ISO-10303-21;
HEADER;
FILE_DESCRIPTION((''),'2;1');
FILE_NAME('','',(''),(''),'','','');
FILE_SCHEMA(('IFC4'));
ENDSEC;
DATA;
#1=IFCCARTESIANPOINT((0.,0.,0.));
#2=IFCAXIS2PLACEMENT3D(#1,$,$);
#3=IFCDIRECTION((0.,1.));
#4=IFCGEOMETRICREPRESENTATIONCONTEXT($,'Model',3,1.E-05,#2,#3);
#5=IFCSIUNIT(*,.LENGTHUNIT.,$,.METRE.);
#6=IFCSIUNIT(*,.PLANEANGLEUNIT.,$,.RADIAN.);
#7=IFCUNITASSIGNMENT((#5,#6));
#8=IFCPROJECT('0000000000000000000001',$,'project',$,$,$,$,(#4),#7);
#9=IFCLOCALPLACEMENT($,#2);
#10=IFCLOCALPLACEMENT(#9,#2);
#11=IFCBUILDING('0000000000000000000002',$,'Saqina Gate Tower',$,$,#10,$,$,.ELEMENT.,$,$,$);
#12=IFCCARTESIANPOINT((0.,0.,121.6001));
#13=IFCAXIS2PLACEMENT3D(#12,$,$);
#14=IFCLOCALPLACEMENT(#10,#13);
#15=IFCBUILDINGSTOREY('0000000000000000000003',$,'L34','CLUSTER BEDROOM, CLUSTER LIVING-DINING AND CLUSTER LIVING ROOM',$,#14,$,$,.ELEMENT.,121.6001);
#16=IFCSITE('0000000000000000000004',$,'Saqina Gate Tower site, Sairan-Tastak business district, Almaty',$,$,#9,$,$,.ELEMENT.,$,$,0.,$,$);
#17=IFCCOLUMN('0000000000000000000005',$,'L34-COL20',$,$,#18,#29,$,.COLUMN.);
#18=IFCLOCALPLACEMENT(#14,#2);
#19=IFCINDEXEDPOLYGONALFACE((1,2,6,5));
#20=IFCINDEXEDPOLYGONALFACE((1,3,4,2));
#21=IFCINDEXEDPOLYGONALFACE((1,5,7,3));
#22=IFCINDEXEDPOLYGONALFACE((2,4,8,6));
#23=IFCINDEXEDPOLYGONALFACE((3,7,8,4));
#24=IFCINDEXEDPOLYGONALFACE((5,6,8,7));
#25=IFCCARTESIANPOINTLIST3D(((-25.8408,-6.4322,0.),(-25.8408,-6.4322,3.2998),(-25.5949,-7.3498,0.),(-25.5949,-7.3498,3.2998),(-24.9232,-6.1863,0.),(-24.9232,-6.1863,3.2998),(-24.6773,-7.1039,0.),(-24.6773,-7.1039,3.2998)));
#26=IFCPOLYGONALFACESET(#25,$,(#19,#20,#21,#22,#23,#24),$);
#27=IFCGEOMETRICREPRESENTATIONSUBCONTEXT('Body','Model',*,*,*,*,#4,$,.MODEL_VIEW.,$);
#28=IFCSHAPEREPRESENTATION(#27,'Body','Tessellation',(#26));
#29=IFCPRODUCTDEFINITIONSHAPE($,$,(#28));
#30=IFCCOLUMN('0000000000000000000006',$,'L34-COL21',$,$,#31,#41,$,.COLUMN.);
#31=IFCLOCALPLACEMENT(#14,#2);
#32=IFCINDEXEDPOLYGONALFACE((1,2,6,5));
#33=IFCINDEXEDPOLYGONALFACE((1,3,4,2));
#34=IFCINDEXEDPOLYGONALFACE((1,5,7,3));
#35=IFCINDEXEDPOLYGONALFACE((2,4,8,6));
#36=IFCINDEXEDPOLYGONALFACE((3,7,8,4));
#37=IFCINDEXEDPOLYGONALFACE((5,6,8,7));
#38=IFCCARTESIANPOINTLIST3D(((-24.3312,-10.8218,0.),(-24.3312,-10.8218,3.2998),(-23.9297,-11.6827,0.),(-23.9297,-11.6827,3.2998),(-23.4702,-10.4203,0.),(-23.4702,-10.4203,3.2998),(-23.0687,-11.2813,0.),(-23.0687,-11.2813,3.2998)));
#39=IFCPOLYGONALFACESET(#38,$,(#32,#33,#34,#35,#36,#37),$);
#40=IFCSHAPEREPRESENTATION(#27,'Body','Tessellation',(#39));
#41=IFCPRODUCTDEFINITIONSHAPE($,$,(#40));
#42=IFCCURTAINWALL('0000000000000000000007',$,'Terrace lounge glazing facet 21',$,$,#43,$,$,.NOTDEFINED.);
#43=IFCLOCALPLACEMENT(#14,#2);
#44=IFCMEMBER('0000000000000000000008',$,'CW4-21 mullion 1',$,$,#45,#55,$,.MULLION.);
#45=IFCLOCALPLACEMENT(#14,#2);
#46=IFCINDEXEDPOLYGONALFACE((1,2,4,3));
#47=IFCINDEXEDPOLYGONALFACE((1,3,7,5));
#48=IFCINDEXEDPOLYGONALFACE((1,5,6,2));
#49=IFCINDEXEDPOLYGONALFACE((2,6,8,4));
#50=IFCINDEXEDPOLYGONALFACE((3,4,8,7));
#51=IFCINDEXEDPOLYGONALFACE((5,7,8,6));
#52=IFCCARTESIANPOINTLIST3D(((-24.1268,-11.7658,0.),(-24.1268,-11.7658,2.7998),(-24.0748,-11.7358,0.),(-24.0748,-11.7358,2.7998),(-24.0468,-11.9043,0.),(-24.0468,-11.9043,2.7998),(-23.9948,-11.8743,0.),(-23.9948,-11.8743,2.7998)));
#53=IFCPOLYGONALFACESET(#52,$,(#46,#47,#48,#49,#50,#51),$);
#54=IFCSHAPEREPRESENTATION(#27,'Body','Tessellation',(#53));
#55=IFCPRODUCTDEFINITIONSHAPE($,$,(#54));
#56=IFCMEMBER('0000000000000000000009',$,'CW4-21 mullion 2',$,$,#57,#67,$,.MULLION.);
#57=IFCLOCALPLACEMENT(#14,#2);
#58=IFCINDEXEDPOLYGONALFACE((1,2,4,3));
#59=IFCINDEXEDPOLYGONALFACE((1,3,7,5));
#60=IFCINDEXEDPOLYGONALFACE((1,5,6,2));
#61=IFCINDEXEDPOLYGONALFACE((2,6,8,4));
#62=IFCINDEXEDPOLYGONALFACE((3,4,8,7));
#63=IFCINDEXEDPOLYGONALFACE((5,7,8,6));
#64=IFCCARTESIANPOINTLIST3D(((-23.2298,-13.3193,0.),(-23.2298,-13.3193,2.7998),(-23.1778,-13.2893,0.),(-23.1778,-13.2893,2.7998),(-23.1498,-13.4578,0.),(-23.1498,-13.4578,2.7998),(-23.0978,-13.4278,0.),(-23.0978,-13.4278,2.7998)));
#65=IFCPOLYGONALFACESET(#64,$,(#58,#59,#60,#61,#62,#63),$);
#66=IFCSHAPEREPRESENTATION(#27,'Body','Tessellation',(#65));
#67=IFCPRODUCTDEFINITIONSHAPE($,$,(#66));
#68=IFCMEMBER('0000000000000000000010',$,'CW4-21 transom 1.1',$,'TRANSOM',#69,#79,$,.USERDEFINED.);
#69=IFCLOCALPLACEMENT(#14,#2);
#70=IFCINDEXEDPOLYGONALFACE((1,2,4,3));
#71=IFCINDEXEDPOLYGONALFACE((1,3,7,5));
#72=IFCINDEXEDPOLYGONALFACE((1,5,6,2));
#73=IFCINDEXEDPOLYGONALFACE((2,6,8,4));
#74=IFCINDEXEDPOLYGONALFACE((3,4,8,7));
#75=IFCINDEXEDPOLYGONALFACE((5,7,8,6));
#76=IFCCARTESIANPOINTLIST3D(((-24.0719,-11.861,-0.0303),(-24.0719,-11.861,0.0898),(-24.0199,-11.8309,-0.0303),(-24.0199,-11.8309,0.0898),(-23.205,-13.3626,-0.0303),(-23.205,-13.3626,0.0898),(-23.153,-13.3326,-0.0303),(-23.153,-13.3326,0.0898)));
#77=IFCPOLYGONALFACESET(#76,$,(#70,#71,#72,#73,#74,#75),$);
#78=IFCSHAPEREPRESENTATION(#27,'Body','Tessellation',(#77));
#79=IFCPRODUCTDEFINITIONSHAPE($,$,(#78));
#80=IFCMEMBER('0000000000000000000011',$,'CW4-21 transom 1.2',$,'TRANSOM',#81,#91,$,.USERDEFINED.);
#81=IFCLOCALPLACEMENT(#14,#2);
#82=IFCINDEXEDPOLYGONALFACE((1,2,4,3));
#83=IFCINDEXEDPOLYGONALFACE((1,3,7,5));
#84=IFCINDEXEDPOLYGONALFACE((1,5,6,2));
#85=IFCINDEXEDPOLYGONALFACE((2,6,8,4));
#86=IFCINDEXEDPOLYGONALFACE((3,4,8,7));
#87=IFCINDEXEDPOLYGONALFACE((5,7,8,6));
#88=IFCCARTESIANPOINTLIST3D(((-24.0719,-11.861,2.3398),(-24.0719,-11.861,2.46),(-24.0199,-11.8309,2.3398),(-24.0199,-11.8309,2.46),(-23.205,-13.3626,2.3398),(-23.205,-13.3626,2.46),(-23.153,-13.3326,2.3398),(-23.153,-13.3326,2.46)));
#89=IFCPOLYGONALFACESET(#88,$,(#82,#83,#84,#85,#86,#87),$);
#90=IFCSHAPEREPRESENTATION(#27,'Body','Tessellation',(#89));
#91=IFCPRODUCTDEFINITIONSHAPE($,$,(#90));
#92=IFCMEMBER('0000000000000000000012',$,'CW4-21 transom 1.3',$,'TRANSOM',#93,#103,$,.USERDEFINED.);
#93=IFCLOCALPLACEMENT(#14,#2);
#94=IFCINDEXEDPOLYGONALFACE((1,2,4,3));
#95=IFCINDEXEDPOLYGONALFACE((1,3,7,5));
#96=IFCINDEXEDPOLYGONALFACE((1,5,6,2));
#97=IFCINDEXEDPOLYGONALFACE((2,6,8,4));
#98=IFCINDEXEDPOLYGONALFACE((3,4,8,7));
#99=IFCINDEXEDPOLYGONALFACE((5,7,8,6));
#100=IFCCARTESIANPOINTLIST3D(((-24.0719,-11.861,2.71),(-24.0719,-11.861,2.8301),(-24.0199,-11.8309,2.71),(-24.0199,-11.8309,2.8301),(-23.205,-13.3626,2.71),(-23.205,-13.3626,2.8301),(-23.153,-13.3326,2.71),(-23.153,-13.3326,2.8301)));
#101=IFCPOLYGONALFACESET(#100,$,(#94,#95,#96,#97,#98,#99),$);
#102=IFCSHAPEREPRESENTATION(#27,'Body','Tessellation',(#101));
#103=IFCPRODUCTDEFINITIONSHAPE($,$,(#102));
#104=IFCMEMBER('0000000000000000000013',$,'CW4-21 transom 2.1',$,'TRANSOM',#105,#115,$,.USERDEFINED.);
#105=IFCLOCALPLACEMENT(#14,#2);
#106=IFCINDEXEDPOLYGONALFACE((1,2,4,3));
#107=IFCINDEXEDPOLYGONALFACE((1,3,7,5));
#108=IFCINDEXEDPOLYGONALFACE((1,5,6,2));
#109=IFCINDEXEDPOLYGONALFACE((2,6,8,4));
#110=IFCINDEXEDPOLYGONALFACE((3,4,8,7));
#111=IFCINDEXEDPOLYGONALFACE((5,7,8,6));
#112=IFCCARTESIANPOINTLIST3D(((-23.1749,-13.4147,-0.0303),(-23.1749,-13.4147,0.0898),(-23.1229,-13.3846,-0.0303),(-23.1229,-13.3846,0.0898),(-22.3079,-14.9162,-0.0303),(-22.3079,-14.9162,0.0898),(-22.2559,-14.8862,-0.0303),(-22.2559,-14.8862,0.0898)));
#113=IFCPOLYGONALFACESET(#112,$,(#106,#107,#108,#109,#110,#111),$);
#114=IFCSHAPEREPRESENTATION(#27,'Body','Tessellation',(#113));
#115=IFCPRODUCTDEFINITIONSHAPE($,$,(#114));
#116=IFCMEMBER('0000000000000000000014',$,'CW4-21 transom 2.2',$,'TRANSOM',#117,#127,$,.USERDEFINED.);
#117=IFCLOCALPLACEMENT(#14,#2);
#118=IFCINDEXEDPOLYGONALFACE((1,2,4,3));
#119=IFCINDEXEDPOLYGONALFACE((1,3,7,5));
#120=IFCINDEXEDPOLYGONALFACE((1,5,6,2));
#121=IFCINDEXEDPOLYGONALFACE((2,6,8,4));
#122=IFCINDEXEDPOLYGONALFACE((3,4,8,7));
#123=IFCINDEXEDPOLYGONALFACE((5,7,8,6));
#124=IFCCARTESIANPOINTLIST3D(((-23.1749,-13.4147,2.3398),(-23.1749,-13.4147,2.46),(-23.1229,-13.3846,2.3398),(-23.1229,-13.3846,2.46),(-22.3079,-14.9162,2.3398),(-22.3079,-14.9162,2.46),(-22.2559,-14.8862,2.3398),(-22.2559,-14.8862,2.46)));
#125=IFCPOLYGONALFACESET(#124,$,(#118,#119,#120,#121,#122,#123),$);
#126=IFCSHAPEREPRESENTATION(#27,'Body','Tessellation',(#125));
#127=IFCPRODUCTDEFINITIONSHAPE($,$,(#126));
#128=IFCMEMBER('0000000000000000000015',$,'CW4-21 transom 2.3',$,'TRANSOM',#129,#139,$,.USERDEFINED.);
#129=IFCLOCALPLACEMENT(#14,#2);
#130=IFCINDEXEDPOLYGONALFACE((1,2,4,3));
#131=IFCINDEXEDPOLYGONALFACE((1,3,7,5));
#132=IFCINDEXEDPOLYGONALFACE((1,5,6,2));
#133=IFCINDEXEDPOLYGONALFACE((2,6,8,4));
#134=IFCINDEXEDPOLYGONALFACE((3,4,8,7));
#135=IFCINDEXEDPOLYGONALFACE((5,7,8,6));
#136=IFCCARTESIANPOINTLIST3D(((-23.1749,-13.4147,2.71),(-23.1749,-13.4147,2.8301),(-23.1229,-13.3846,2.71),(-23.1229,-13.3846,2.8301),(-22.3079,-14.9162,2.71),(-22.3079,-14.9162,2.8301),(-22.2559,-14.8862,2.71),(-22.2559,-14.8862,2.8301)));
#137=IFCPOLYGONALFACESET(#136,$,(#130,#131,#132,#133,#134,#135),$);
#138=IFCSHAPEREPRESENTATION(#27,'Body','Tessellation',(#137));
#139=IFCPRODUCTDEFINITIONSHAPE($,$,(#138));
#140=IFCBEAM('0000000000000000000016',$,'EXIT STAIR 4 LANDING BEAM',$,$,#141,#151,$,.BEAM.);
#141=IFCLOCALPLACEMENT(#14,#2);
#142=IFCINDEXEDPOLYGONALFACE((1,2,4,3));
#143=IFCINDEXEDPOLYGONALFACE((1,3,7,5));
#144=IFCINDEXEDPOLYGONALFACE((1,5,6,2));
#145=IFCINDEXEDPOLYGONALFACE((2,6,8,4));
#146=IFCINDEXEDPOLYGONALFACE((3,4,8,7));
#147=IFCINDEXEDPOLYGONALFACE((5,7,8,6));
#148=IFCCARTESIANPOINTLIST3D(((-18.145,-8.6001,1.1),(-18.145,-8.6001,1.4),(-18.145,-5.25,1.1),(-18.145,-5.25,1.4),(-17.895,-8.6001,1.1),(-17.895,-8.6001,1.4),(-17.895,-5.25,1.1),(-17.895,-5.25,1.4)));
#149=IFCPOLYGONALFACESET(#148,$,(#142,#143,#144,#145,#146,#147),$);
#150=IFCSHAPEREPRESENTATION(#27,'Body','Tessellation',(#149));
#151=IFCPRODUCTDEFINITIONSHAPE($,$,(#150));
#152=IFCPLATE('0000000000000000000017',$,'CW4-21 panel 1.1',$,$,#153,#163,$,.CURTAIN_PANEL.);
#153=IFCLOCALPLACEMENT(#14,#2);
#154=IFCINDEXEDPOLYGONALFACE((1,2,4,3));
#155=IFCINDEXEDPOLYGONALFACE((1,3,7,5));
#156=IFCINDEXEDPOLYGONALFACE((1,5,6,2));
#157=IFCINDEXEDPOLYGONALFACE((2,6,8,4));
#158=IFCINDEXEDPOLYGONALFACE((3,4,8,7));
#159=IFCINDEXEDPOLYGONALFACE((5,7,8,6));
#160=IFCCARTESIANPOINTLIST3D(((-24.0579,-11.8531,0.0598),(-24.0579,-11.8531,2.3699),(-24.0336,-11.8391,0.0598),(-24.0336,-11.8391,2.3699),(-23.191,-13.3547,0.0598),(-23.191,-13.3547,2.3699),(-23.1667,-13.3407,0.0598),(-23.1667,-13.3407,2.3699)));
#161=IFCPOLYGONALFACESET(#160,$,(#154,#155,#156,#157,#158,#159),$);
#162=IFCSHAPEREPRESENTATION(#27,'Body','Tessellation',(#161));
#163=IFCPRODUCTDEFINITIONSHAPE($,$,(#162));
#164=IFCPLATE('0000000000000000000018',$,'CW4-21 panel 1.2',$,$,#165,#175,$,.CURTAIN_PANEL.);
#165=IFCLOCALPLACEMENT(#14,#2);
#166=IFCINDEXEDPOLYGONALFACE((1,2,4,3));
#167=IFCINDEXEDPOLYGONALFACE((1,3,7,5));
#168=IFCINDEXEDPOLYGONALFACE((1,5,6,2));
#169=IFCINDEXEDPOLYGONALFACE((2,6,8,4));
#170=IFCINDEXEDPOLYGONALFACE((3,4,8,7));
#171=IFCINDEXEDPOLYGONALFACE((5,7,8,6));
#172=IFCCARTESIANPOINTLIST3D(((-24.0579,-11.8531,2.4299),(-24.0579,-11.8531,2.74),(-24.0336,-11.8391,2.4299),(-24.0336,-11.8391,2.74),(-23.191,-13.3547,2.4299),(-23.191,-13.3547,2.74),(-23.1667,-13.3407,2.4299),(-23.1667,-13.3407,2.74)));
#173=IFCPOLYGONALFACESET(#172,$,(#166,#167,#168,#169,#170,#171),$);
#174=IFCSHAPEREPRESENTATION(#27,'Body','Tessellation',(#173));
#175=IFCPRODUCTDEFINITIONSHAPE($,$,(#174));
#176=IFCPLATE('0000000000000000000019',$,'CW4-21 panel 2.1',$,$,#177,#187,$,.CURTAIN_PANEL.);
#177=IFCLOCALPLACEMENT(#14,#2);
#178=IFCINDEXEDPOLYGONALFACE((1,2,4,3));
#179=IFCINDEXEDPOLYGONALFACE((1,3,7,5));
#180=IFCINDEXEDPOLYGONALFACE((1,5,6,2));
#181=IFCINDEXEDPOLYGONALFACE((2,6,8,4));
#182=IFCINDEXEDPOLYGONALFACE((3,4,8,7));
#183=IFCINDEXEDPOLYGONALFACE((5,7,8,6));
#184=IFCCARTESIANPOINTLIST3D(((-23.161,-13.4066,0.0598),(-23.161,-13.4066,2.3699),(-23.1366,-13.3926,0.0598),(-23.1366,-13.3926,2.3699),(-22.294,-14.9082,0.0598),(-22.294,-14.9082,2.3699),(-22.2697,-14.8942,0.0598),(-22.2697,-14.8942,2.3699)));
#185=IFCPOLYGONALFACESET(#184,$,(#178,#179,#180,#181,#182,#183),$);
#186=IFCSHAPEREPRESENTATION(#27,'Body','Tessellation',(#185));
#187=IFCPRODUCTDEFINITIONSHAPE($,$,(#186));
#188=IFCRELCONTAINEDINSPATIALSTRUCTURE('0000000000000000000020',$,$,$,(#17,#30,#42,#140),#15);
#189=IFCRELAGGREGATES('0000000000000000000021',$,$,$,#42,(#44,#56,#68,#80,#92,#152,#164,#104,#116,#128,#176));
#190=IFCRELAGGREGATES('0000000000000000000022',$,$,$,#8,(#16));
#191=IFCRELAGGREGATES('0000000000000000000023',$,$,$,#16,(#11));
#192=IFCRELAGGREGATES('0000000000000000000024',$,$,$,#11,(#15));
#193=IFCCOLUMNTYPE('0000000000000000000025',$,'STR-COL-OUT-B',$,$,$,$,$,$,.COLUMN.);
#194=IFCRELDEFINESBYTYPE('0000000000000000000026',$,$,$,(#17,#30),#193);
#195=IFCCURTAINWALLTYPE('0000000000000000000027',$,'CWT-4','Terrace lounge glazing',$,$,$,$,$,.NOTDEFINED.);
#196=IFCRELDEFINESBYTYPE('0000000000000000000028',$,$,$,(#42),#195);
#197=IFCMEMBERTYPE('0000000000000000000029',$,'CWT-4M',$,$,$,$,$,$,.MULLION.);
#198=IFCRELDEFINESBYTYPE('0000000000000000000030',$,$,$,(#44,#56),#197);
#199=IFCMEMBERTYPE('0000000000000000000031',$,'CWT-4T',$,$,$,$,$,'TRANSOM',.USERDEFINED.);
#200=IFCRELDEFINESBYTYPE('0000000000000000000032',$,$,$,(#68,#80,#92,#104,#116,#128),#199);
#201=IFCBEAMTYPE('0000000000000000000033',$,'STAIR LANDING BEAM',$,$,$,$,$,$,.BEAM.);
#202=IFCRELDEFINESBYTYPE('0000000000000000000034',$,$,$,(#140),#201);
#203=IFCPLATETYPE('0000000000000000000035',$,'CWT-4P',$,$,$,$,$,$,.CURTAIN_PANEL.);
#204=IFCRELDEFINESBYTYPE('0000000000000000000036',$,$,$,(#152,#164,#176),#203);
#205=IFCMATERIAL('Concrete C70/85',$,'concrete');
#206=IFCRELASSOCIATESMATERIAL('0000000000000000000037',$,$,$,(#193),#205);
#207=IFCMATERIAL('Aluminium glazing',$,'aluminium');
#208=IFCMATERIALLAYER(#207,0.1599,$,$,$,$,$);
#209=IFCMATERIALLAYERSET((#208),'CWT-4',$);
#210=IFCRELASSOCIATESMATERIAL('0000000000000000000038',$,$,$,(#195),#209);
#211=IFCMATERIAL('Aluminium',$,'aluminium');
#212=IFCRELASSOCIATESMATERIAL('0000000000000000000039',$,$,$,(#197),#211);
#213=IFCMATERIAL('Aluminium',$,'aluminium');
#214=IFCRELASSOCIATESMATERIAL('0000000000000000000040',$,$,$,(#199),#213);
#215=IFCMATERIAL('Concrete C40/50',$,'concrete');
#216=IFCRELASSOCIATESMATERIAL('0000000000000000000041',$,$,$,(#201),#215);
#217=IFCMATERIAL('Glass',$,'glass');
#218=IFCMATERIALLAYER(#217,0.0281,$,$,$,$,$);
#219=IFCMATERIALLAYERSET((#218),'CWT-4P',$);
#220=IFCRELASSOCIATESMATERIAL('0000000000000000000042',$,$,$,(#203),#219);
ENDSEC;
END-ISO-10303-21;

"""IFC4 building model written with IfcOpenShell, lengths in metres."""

from ifc_helpers import new_model, si_unit, direction, frame, origin, origin_2d, place, context, subcontext, project, spatial, rectangle, extrude, material, layer, layer_set, material_profile, profile_set, type_object, element, aggregate, save


model = new_model("IFC4")

# Units and contexts
model_context = context("Model", 3, precision=1e-05, world=origin(), true_north=direction((0.0, 1.0)))
body_context = subcontext(model_context, "Body", "Model", "MODEL_VIEW")
ifc_project = project(units=[si_unit("LENGTHUNIT", "METRE"), si_unit("PLANEANGLEUNIT", "RADIAN")], contexts=[model_context])

# Site, building, storey
site_placement = place(None, origin())
site = spatial("IfcSite", under=ifc_project, at=site_placement, Name="Saqina Gate Tower site, Sairan-Tastak business district, Almaty", CompositionType="ELEMENT", RefElevation=0.0)
building_placement = place(site_placement, origin())
building = spatial("IfcBuilding", under=site, at=building_placement, Name="Saqina Gate Tower", CompositionType="ELEMENT")
storey_placement = place(building_placement, frame((0.0, 0.0, 121.6001)))
storey = spatial("IfcBuildingStorey", under=building, at=storey_placement, Name="L34", Description="CLUSTER BEDROOM, CLUSTER LIVING-DINING AND CLUSTER LIVING ROOM", CompositionType="ELEMENT", Elevation=121.6001)

# Columns
ifc_material_1 = material(Name="Concrete C70/85", Category="concrete")
ifc_material_profile_1 = material_profile(ifc_material_1, rectangle(XDim=0.95, YDim=0.95, at=origin_2d()), Name="RC 950x950")
ifc_profile_set_1 = profile_set([ifc_material_profile_1], Name="Concrete C70/85")
column_type = type_object("IfcColumnType", Name="STR-COL-OUT-B", PredefinedType="COLUMN", material=ifc_profile_set_1)
for number, where, z_axis, x_axis, name in (
    (1, (-25.259, -6.7681, 0.0), (0.0, 0.0, 1.0), (-0.965926, -0.258819, 0.0), "L34-COL20"),
    (2, (-23.7, -11.0515, 0.0), (0.0, 0.0, 1.0), (-0.906308, -0.422618, 0.0), "L34-COL21"),
):
    element("IfcColumn", number, at=place(storey_placement, frame(where, z_axis=z_axis, x_axis=x_axis)), inside=storey, type_object=column_type, Name=name, PredefinedType="COLUMN", context=body_context, shape_type="SweptSolid", body=[
        extrude(rectangle(XDim=0.95, YDim=0.95, at=origin_2d()), origin(), (0.0, 0.0, 1.0), 3.2998),
    ])

# Curtain wall, members
ifc_material_2 = material(Name="Aluminium glazing", Category="aluminium")
ifc_layer_1 = layer(ifc_material_2, 0.1599)
ifc_layer_set_1 = layer_set([ifc_layer_1], Name="CWT-4")
curtain_wall_type = type_object("IfcCurtainWallType", Name="CWT-4", Description="Terrace lounge glazing", PredefinedType="NOTDEFINED", material=ifc_layer_set_1)
curtain_wall_placement = place(storey_placement, origin())
curtain_wall = element("IfcCurtainWall", 3, at=curtain_wall_placement, inside=storey, type_object=curtain_wall_type, Name="Terrace lounge glazing facet 21", PredefinedType="NOTDEFINED")
ifc_material_3 = material(Name="Aluminium", Category="aluminium")
ifc_material_profile_2 = material_profile(ifc_material_3, rectangle(XDim=0.0601, YDim=0.1599, at=origin_2d()), Name="Aluminium 60x160")
ifc_profile_set_2 = profile_set([ifc_material_profile_2], Name="Aluminium")
member_type_1 = type_object("IfcMemberType", Name="CWT-4M", PredefinedType="MULLION", material=ifc_profile_set_2)
member_1_placement = place(storey_placement, frame((-24.0608, -11.8201, 0.0), z_axis=(0.0, 0.0, 1.0), x_axis=(0.866026, 0.499999, 0.0)))
member_1 = element("IfcMember", 4, at=member_1_placement, type_object=member_type_1, Name="CW4-21 mullion 1", PredefinedType="MULLION", context=body_context, shape_type="SweptSolid", body=[
    extrude(rectangle(XDim=0.0601, YDim=0.1599, at=origin_2d()), origin(), (0.0, 0.0, 1.0), 2.7998),
])
member_2_placement = place(storey_placement, frame((-23.1638, -13.3735, 0.0), z_axis=(0.0, 0.0, 1.0), x_axis=(0.866026, 0.499999, 0.0)))
member_2 = element("IfcMember", 5, at=member_2_placement, type_object=member_type_1, Name="CW4-21 mullion 2", PredefinedType="MULLION", context=body_context, shape_type="SweptSolid", body=[
    extrude(rectangle(XDim=0.0601, YDim=0.1599, at=origin_2d()), origin(), (0.0, 0.0, 1.0), 2.7998),
])
ifc_material_4 = material(Name="Aluminium", Category="aluminium")
ifc_material_profile_3 = material_profile(ifc_material_4, rectangle(XDim=0.0601, YDim=0.1201, at=origin_2d()), Name="Aluminium 60x120")
ifc_profile_set_3 = profile_set([ifc_material_profile_3], Name="Aluminium")
member_type_2 = type_object("IfcMemberType", Name="CWT-4T", ElementType="TRANSOM", PredefinedType="USERDEFINED", material=ifc_profile_set_3)
member_3_placement = place(storey_placement, frame((-24.0459, -11.8459, 0.0298), z_axis=(0.49997, -0.866043, 0.0), x_axis=(0.866043, 0.49997, 0.0)))
member_3 = element("IfcMember", 6, at=member_3_placement, type_object=member_type_2, Name="CW4-21 transom 1.1", ObjectType="TRANSOM", PredefinedType="USERDEFINED", context=body_context, shape_type="SweptSolid", body=[
    extrude(rectangle(XDim=0.0601, YDim=0.1201, at=origin_2d()), origin(), (0.0, 0.0, 1.0), 1.7339),
])
member_4_placement = place(storey_placement, frame((-24.0459, -11.8459, 2.3999), z_axis=(0.49997, -0.866043, 0.0), x_axis=(0.866043, 0.49997, 0.0)))
member_4 = element("IfcMember", 7, at=member_4_placement, type_object=member_type_2, Name="CW4-21 transom 1.2", ObjectType="TRANSOM", PredefinedType="USERDEFINED", context=body_context, shape_type="SweptSolid", body=[
    extrude(rectangle(XDim=0.0601, YDim=0.1201, at=origin_2d()), origin(), (0.0, 0.0, 1.0), 1.7339),
])
member_5_placement = place(storey_placement, frame((-24.0459, -11.8459, 2.77), z_axis=(0.49997, -0.866043, 0.0), x_axis=(0.866043, 0.49997, 0.0)))
member_5 = element("IfcMember", 8, at=member_5_placement, type_object=member_type_2, Name="CW4-21 transom 1.3", ObjectType="TRANSOM", PredefinedType="USERDEFINED", context=body_context, shape_type="SweptSolid", body=[
    extrude(rectangle(XDim=0.0601, YDim=0.1201, at=origin_2d()), origin(), (0.0, 0.0, 1.0), 1.7339),
])
member_6_placement = place(storey_placement, frame((-23.1489, -13.3997, 0.0298), z_axis=(0.500031, -0.866007, 0.0), x_axis=(0.866007, 0.500031, 0.0)))
member_6 = element("IfcMember", 9, at=member_6_placement, type_object=member_type_2, Name="CW4-21 transom 2.1", ObjectType="TRANSOM", PredefinedType="USERDEFINED", context=body_context, shape_type="SweptSolid", body=[
    extrude(rectangle(XDim=0.0601, YDim=0.1201, at=origin_2d()), origin(), (0.0, 0.0, 1.0), 1.7339),
])
member_7_placement = place(storey_placement, frame((-23.1489, -13.3997, 2.3999), z_axis=(0.500031, -0.866007, 0.0), x_axis=(0.866007, 0.500031, 0.0)))
member_7 = element("IfcMember", 10, at=member_7_placement, type_object=member_type_2, Name="CW4-21 transom 2.2", ObjectType="TRANSOM", PredefinedType="USERDEFINED", context=body_context, shape_type="SweptSolid", body=[
    extrude(rectangle(XDim=0.0601, YDim=0.1201, at=origin_2d()), origin(), (0.0, 0.0, 1.0), 1.7339),
])
member_8_placement = place(storey_placement, frame((-23.1489, -13.3997, 2.77), z_axis=(0.500031, -0.866007, 0.0), x_axis=(0.866007, 0.500031, 0.0)))
member_8 = element("IfcMember", 11, at=member_8_placement, type_object=member_type_2, Name="CW4-21 transom 2.3", ObjectType="TRANSOM", PredefinedType="USERDEFINED", context=body_context, shape_type="SweptSolid", body=[
    extrude(rectangle(XDim=0.0601, YDim=0.1201, at=origin_2d()), origin(), (0.0, 0.0, 1.0), 1.7339),
])

# Beam
ifc_material_5 = material(Name="Concrete C40/50", Category="concrete")
ifc_material_profile_4 = material_profile(ifc_material_5, rectangle(XDim=0.25, YDim=0.3, at=origin_2d()), Name="STAIR LANDING BEAM")
ifc_profile_set_4 = profile_set([ifc_material_profile_4], Name="Concrete C40/50")
beam_type = type_object("IfcBeamType", Name="STAIR LANDING BEAM", PredefinedType="BEAM", material=ifc_profile_set_4)
beam_placement = place(storey_placement, frame((-18.02, -8.6001, 1.25), z_axis=(0.0, 1.0, 0.0), x_axis=(-1.0, 0.0, 0.0)))
element("IfcBeam", 12, at=beam_placement, inside=storey, type_object=beam_type, Name="EXIT STAIR 4 LANDING BEAM", PredefinedType="BEAM", context=body_context, shape_type="SweptSolid", body=[
    extrude(rectangle(XDim=0.25, YDim=0.3, at=origin_2d()), origin(), (0.0, 0.0, 1.0), 3.3501),
])

# Plates
ifc_material_6 = material(Name="Glass", Category="glass")
ifc_layer_2 = layer(ifc_material_6, 0.0281)
ifc_layer_set_2 = layer_set([ifc_layer_2], Name="CWT-4P")
plate_type = type_object("IfcPlateType", Name="CWT-4P", PredefinedType="CURTAIN_PANEL", material=ifc_layer_set_2)
plate_1_placement = place(storey_placement, frame((-23.6123, -12.5969, 0.0598), z_axis=(0.0, 0.0, 1.0), x_axis=(0.499999, -0.866026, 0.0)))
plate_1 = element("IfcPlate", 13, at=plate_1_placement, type_object=plate_type, Name="CW4-21 panel 1.1", PredefinedType="CURTAIN_PANEL", context=body_context, shape_type="SweptSolid", body=[
    extrude(rectangle(XDim=1.7339, YDim=0.0281, at=origin_2d()), origin(), (0.0, 0.0, 1.0), 2.3101),
])
plate_2_placement = place(storey_placement, frame((-23.6123, -12.5969, 2.4299), z_axis=(0.0, 0.0, 1.0), x_axis=(0.499999, -0.866026, 0.0)))
plate_2 = element("IfcPlate", 14, at=plate_2_placement, type_object=plate_type, Name="CW4-21 panel 1.2", PredefinedType="CURTAIN_PANEL", context=body_context, shape_type="SweptSolid", body=[
    extrude(rectangle(XDim=1.7339, YDim=0.0281, at=origin_2d()), origin(), (0.0, 0.0, 1.0), 0.3101),
])
plate_3_placement = place(storey_placement, frame((-22.7153, -14.1504, 0.0598), z_axis=(0.0, 0.0, 1.0), x_axis=(0.499999, -0.866026, 0.0)))
plate_3 = element("IfcPlate", 15, at=plate_3_placement, type_object=plate_type, Name="CW4-21 panel 2.1", PredefinedType="CURTAIN_PANEL", context=body_context, shape_type="SweptSolid", body=[
    extrude(rectangle(XDim=1.7339, YDim=0.0281, at=origin_2d()), origin(), (0.0, 0.0, 1.0), 2.3101),
])
aggregate(curtain_wall, [member_1, member_2, member_3, member_4, member_5, plate_1, plate_2, member_6, member_7, member_8, plate_3])

save(model, "model.ifc")
